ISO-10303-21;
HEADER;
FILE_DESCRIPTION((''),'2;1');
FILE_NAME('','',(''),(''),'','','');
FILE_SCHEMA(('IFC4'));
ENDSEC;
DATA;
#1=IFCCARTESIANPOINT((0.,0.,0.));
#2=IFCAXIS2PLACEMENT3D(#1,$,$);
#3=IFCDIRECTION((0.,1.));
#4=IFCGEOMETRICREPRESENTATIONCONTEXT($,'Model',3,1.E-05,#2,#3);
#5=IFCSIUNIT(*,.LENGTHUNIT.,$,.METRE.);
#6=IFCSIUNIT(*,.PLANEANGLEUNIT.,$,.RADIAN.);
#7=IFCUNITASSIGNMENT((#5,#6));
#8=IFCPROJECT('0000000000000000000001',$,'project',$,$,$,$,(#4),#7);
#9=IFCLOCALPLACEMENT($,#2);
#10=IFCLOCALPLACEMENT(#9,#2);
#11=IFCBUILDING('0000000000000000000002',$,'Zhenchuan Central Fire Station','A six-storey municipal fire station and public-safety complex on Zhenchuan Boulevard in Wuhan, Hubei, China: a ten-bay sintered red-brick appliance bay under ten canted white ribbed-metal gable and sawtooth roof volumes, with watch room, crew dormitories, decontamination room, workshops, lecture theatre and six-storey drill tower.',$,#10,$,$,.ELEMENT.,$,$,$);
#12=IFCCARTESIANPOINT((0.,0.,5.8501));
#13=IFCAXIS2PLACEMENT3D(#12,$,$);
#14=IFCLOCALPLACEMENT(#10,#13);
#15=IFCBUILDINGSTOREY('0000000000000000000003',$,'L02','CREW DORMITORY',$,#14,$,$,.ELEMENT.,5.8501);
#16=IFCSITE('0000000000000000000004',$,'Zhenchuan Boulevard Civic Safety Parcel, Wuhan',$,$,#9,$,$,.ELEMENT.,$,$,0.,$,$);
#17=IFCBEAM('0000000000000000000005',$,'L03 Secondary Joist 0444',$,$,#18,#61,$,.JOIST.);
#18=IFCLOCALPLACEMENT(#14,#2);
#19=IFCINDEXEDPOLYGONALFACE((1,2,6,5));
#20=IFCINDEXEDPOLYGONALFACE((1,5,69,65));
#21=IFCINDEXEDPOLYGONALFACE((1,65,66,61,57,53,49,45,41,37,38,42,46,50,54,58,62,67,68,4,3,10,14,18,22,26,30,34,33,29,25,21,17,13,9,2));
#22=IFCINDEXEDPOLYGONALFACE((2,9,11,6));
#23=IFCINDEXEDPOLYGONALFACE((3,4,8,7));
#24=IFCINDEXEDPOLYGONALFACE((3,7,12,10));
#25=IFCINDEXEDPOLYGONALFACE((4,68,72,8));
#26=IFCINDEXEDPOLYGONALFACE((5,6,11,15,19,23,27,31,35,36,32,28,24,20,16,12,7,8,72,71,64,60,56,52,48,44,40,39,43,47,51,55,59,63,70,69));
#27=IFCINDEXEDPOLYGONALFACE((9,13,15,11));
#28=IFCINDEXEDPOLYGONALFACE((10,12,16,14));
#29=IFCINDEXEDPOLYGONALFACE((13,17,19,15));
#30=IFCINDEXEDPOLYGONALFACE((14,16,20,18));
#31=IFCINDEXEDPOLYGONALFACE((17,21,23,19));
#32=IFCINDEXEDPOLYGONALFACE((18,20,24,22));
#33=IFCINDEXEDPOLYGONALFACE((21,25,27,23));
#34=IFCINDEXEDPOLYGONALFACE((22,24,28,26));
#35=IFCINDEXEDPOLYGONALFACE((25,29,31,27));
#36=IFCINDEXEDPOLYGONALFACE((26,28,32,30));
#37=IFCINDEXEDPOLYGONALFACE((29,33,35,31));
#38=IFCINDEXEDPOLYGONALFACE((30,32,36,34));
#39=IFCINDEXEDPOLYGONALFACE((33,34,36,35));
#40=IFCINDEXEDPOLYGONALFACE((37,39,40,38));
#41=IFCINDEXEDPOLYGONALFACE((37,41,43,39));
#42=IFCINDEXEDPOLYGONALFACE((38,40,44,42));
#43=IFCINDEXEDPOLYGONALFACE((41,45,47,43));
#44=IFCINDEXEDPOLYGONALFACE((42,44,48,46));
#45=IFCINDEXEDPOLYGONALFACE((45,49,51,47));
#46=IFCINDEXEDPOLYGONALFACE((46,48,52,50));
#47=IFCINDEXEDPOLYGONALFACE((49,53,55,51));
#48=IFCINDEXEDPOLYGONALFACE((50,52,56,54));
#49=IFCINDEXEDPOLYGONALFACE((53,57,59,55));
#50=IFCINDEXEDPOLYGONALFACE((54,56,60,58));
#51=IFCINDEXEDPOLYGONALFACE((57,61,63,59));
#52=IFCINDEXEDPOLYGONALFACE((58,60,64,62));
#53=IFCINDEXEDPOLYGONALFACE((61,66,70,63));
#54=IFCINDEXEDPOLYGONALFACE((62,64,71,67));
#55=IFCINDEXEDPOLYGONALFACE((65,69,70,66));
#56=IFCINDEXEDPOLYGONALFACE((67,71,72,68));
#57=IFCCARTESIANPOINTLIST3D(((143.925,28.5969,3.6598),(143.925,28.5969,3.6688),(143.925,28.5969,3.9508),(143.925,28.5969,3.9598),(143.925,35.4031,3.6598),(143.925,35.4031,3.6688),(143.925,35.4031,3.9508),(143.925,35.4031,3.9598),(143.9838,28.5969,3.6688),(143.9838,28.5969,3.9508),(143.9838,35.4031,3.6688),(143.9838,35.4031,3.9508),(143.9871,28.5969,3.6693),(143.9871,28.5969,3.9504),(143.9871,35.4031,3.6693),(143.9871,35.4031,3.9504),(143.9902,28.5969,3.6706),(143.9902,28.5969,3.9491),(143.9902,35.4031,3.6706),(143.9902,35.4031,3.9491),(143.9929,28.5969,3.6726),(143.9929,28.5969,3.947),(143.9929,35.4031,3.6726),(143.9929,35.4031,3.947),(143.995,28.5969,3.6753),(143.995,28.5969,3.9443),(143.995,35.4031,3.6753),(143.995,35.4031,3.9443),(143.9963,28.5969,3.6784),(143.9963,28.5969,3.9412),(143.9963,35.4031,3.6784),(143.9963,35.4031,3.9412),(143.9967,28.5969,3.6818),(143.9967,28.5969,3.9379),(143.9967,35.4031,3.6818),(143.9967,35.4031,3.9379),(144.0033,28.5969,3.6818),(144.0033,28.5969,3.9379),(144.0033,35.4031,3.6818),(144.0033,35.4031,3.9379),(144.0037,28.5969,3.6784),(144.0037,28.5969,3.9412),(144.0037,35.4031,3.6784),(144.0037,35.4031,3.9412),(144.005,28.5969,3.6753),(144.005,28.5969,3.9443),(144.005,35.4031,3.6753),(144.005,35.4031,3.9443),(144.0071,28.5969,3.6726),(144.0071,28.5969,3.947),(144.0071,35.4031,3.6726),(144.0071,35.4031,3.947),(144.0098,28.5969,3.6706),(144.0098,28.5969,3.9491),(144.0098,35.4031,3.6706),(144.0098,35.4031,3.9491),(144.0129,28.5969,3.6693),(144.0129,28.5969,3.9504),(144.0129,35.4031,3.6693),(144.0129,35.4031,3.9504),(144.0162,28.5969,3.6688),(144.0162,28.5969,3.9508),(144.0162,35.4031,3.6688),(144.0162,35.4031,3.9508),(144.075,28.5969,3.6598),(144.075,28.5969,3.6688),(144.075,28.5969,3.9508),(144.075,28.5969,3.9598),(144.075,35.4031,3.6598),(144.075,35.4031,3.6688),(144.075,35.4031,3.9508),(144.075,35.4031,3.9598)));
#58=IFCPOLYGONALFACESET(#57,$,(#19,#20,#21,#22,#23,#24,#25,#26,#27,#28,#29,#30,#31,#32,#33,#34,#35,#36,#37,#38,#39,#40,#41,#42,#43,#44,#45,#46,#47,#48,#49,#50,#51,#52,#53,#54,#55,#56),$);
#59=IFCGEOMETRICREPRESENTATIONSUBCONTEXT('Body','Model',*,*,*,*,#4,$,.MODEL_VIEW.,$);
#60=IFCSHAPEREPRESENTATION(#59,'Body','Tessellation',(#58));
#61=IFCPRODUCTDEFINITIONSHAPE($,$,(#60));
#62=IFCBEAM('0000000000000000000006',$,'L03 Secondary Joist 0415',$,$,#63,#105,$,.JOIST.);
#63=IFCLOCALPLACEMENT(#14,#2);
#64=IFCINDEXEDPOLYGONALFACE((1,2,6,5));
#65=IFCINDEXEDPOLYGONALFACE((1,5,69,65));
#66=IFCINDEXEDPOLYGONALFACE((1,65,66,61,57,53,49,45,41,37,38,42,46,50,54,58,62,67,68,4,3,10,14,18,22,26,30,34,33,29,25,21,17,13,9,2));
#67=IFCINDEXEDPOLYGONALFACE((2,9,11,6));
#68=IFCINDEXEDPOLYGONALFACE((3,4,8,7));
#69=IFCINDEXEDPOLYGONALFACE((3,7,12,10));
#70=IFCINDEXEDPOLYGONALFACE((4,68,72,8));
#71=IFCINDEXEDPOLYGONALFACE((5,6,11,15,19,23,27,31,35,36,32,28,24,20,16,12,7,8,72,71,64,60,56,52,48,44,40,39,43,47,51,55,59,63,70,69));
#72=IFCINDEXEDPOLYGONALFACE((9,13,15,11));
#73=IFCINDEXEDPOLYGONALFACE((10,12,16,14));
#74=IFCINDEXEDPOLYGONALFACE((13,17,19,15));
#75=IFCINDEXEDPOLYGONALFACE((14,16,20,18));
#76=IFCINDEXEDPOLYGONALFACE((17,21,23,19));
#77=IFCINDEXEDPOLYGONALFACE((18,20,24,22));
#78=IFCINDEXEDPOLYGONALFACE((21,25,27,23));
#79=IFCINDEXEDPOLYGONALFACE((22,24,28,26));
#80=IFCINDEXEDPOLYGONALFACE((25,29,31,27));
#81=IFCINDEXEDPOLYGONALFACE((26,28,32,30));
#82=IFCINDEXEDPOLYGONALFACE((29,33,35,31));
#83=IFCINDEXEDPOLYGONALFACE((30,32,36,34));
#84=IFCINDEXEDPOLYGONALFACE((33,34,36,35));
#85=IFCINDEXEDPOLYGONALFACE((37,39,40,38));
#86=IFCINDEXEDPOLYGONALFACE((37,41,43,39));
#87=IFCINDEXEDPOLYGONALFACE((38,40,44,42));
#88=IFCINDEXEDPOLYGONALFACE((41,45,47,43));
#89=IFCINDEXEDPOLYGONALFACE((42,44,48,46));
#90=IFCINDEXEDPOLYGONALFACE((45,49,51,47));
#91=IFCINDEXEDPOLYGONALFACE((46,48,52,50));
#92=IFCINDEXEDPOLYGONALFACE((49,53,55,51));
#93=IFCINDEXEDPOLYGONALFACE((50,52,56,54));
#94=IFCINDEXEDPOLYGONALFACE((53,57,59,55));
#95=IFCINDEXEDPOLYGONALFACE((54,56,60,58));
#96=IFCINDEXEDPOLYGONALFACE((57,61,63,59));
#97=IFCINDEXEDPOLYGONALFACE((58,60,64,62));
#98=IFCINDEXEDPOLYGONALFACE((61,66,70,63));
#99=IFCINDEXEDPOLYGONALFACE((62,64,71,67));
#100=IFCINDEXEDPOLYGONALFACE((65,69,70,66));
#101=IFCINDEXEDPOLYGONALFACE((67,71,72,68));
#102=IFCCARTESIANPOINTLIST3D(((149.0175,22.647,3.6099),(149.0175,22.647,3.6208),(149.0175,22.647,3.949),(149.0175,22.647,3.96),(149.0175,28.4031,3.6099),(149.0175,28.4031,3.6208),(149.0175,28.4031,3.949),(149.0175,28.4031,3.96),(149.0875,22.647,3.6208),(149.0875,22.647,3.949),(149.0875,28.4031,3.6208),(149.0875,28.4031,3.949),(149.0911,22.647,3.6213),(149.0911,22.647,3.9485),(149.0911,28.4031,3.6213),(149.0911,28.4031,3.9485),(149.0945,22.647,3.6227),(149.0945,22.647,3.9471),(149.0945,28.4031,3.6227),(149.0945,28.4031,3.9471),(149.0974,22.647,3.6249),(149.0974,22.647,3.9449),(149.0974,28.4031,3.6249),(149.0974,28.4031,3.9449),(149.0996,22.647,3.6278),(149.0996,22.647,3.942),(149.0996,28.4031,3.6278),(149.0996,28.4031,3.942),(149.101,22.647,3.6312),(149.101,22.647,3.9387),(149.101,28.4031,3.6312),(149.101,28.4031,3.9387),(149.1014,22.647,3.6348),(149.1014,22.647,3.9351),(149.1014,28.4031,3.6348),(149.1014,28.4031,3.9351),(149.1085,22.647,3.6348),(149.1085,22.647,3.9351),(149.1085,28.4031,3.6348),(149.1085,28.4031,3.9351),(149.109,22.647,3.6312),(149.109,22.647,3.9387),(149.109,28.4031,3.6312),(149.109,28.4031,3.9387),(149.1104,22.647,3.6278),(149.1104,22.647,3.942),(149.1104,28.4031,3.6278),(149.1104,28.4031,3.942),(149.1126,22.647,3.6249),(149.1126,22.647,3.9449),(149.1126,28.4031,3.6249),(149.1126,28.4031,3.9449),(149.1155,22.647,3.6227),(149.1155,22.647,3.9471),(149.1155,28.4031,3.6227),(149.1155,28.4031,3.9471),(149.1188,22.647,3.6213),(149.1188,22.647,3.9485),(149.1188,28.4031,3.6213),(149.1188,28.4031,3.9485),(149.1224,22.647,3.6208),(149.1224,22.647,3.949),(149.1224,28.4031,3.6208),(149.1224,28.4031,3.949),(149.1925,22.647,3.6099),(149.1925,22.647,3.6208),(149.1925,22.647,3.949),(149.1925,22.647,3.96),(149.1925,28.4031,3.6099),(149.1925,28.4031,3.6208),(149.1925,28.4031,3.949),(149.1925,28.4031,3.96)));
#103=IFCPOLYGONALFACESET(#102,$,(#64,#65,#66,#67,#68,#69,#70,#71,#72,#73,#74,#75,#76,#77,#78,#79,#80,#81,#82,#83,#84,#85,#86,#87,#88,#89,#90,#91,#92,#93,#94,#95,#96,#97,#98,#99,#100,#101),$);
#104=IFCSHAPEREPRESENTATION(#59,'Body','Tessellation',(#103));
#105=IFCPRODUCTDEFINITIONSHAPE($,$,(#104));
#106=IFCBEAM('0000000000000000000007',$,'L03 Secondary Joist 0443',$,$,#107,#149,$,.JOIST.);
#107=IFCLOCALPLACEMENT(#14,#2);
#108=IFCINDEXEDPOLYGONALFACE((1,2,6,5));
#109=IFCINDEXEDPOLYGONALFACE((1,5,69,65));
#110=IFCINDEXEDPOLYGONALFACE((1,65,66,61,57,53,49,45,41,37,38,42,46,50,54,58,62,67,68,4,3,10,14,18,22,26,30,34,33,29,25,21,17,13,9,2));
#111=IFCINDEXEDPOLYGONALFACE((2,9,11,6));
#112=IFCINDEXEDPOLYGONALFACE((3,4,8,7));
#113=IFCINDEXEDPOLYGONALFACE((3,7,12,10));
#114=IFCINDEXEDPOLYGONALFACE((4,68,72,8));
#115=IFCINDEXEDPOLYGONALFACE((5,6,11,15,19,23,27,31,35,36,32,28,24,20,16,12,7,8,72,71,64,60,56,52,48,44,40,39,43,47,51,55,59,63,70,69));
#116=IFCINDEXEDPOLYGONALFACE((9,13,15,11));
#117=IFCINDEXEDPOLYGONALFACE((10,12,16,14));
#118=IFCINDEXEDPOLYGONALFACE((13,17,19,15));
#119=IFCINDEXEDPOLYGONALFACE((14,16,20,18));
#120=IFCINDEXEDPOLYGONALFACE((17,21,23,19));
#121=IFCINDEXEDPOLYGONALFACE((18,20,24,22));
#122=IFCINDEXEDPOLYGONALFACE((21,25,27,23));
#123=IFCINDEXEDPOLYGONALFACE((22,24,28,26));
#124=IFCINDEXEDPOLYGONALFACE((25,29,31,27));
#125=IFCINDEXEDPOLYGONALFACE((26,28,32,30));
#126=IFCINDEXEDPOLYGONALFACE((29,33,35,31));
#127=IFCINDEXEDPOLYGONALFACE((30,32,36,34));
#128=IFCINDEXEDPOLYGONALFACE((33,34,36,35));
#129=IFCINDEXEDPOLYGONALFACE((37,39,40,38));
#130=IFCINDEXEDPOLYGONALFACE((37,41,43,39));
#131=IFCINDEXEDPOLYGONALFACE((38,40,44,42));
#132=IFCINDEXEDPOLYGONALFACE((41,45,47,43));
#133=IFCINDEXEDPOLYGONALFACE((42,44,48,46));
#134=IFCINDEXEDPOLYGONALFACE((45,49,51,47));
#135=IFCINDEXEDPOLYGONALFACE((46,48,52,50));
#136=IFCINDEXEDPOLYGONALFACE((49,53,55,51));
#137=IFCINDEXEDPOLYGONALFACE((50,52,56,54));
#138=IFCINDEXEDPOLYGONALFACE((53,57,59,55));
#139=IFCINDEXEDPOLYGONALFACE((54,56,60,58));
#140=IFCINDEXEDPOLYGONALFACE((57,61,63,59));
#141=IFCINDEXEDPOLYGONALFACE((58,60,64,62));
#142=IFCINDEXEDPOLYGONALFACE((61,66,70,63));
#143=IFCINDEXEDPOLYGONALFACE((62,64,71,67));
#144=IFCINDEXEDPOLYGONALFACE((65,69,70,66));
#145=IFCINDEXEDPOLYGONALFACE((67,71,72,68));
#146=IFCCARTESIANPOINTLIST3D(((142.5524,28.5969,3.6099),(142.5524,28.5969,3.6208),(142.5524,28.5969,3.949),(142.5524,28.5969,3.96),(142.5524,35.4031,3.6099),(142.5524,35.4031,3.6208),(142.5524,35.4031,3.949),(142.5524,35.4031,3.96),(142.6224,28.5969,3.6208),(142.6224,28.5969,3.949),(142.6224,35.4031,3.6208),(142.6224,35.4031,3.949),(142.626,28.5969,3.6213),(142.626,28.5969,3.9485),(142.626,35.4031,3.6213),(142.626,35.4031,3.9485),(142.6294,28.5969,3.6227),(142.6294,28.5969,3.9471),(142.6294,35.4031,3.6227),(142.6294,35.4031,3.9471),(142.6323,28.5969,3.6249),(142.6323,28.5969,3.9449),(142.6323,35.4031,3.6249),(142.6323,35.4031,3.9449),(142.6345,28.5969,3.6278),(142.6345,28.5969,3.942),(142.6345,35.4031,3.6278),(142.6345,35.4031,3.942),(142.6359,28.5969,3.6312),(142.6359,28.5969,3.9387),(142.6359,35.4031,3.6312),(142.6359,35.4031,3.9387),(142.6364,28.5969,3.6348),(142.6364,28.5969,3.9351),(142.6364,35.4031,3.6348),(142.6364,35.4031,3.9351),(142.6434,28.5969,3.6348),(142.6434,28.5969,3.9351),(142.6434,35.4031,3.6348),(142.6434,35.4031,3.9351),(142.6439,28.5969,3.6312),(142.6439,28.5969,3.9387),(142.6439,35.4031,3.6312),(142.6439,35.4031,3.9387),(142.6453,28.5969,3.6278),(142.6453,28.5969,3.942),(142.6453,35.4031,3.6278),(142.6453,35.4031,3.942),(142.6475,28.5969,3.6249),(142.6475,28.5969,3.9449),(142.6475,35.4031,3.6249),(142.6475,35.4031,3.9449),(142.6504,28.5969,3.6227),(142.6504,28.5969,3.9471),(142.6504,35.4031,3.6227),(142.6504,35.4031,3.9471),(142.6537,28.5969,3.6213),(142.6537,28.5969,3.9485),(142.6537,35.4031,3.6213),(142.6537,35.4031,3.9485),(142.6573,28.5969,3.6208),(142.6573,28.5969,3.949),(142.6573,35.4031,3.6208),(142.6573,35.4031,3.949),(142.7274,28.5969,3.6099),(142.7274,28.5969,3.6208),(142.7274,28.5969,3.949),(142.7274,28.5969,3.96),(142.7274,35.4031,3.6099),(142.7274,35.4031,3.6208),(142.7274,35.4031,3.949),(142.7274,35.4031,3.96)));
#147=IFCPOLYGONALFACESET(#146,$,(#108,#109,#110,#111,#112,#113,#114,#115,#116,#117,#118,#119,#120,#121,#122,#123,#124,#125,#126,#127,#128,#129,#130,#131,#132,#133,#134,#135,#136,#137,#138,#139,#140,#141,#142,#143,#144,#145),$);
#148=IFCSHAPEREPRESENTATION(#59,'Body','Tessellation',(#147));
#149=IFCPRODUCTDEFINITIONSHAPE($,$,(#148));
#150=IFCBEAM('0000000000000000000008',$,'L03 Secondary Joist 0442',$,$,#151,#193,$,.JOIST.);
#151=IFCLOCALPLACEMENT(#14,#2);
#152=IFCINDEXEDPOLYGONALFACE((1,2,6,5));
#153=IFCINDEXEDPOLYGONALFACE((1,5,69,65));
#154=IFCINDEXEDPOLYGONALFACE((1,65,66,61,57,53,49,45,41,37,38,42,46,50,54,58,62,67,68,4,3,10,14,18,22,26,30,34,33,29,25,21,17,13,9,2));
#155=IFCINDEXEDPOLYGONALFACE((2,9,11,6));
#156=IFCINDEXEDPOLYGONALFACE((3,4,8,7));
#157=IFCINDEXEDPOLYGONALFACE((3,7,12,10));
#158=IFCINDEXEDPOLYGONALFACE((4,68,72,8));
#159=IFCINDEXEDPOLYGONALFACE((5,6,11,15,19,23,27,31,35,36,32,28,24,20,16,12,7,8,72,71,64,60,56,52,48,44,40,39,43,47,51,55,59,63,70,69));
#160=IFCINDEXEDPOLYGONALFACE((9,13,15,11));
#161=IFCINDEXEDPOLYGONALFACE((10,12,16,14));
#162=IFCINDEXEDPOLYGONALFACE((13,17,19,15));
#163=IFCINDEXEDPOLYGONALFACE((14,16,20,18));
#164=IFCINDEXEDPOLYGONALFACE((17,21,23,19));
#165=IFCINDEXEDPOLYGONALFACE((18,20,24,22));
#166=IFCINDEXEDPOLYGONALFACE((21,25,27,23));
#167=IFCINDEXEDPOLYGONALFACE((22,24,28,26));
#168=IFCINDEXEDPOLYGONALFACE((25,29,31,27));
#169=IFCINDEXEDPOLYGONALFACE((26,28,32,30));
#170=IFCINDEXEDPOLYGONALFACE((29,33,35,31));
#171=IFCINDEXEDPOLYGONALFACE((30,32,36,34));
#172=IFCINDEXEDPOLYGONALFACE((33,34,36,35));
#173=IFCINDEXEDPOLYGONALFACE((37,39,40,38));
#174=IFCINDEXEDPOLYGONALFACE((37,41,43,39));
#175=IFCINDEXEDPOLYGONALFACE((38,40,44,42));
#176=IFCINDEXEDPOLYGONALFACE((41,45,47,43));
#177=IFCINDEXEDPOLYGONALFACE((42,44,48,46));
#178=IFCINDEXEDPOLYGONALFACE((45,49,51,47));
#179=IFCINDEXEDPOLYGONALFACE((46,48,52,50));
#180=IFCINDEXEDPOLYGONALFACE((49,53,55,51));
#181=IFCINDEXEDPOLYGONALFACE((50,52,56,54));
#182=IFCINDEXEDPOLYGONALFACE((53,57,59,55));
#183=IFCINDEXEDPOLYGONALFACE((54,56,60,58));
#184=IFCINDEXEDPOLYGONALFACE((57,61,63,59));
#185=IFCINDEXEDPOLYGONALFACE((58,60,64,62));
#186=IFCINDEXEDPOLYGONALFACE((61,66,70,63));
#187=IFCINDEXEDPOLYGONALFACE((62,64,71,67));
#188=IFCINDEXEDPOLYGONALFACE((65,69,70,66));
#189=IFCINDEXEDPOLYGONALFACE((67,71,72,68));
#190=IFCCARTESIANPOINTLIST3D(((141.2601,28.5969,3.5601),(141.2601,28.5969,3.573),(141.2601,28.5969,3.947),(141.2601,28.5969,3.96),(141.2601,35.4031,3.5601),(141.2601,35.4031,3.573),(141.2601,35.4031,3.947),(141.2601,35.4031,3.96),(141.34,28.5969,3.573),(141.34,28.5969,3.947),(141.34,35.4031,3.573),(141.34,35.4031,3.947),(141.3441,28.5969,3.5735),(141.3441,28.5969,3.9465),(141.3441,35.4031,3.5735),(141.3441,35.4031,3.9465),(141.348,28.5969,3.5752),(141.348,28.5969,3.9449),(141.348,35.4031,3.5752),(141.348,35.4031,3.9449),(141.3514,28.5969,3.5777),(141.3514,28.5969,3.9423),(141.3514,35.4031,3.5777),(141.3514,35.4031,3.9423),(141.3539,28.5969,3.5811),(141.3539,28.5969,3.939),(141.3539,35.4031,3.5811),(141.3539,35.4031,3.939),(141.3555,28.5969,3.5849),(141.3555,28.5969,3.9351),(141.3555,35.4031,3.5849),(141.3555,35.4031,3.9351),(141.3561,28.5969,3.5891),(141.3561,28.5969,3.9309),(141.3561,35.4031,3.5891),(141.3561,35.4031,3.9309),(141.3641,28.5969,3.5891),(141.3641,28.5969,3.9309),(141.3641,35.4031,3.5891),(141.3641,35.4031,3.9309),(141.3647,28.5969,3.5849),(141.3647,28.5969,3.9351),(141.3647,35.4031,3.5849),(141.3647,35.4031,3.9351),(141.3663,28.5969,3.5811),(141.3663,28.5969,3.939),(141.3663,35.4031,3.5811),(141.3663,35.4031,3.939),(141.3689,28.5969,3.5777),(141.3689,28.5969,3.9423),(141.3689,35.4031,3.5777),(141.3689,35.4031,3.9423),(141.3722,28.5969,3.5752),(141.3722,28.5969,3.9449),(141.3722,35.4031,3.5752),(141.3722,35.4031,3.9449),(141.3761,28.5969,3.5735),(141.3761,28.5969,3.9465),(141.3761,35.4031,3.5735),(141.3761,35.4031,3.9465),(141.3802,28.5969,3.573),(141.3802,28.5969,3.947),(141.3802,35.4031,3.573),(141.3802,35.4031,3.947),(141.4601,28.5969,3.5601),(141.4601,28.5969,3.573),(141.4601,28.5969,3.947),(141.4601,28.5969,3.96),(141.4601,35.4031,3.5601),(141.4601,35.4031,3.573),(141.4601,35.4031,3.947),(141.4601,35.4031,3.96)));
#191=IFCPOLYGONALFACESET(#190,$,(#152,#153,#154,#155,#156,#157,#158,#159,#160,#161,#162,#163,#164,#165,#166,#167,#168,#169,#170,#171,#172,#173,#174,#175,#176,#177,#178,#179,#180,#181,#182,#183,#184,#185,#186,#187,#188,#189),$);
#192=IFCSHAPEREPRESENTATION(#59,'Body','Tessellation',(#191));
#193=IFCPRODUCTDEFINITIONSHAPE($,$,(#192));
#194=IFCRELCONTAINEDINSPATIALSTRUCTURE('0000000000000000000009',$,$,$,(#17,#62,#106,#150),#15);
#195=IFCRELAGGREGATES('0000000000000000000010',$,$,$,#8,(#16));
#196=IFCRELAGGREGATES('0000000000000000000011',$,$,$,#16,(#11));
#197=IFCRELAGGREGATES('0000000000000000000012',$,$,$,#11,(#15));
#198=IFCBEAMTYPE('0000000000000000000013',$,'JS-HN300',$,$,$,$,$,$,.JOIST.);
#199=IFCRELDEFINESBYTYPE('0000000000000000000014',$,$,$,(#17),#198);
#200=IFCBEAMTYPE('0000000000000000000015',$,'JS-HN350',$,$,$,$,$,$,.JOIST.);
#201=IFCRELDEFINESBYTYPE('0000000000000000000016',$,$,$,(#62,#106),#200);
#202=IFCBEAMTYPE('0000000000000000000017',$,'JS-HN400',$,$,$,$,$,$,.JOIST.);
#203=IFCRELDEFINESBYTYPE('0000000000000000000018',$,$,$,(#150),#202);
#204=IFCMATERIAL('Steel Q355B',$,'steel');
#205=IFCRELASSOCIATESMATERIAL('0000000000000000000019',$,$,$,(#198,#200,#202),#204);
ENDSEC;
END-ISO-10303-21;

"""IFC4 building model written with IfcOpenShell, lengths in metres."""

from ifc_helpers import new_model, si_unit, direction, frame, origin, origin_2d, place, context, subcontext, project, spatial, i_section, extrude, material, material_profile, profile_set, type_object, element, save


model = new_model("IFC4")

# Units and contexts
model_context = context("Model", 3, precision=1e-05, world=origin(), true_north=direction((0.0, 1.0)))
body_context = subcontext(model_context, "Body", "Model", "MODEL_VIEW")
ifc_project = project(units=[si_unit("LENGTHUNIT", "METRE"), si_unit("PLANEANGLEUNIT", "RADIAN")], contexts=[model_context])

# Site, building, storey
site_placement = place(None, origin())
site = spatial("IfcSite", under=ifc_project, at=site_placement, Name="Zhenchuan Boulevard Civic Safety Parcel, Wuhan", CompositionType="ELEMENT", RefElevation=0.0)
building_placement = place(site_placement, origin())
building = spatial("IfcBuilding", under=site, at=building_placement, Name="Zhenchuan Central Fire Station", Description="A six-storey municipal fire station and public-safety complex on Zhenchuan Boulevard in Wuhan, Hubei, China: a ten-bay sintered red-brick appliance bay under ten canted white ribbed-metal gable and sawtooth roof volumes, with watch room, crew dormitories, decontamination room, workshops, lecture theatre and six-storey drill tower.", CompositionType="ELEMENT")
storey_placement = place(building_placement, frame((0.0, 0.0, 5.8501)))
storey = spatial("IfcBuildingStorey", under=building, at=storey_placement, Name="L02", Description="CREW DORMITORY", CompositionType="ELEMENT", Elevation=5.8501)

# Shared definitions
ifc_material_1 = material(Name="Steel Q355B", Category="steel")

# Beams
ifc_material_profile_1 = material_profile(ifc_material_1, i_section(OverallWidth=0.1499, OverallDepth=0.3, WebThickness=0.0066, FlangeThickness=0.009, FilletRadius=0.0129, at=origin_2d()), Name="HN 300x150")
ifc_profile_set_1 = profile_set([ifc_material_profile_1], Name="Steel Q355B")
beam_type_1 = type_object("IfcBeamType", Name="JS-HN300", PredefinedType="JOIST", material=ifc_profile_set_1)
beam_1_placement = place(storey_placement, frame((144.0, 28.5969, 3.8098), z_axis=(0.0, 1.0, 0.0), x_axis=(-1.0, 0.0, 0.0)))
element("IfcBeam", 1, at=beam_1_placement, inside=storey, type_object=beam_type_1, Name="L03 Secondary Joist 0444", PredefinedType="JOIST", context=body_context, shape_type="SweptSolid", body=[
    extrude(i_section(OverallWidth=0.1499, OverallDepth=0.3, WebThickness=0.0066, FlangeThickness=0.009, FilletRadius=0.0129, at=origin_2d()), origin(), (0.0, 0.0, 1.0), 6.8062),
])
ifc_material_profile_2 = material_profile(ifc_material_1, i_section(OverallWidth=0.175, OverallDepth=0.3501, WebThickness=0.0071, FlangeThickness=0.011, FilletRadius=0.0139, at=origin_2d()), Name="HN 350x175")
ifc_profile_set_2 = profile_set([ifc_material_profile_2], Name="Steel Q355B")
beam_type_2 = type_object("IfcBeamType", Name="JS-HN350", PredefinedType="JOIST", material=ifc_profile_set_2)
beam_2_placement = place(storey_placement, frame((149.105, 22.647, 3.7849), z_axis=(0.0, 1.0, 0.0), x_axis=(-1.0, 0.0, 0.0)))
element("IfcBeam", 2, at=beam_2_placement, inside=storey, type_object=beam_type_2, Name="L03 Secondary Joist 0415", PredefinedType="JOIST", context=body_context, shape_type="SweptSolid", body=[
    extrude(i_section(OverallWidth=0.175, OverallDepth=0.3501, WebThickness=0.0071, FlangeThickness=0.011, FilletRadius=0.0139, at=origin_2d()), origin(), (0.0, 0.0, 1.0), 5.7561),
])
beam_3_placement = place(storey_placement, frame((142.6399, 28.5969, 3.7849), z_axis=(0.0, 1.0, 0.0), x_axis=(-1.0, 0.0, 0.0)))
element("IfcBeam", 3, at=beam_3_placement, inside=storey, type_object=beam_type_2, Name="L03 Secondary Joist 0443", PredefinedType="JOIST", context=body_context, shape_type="SweptSolid", body=[
    extrude(i_section(OverallWidth=0.175, OverallDepth=0.3501, WebThickness=0.0071, FlangeThickness=0.011, FilletRadius=0.0139, at=origin_2d()), origin(), (0.0, 0.0, 1.0), 6.8062),
])
ifc_material_profile_3 = material_profile(ifc_material_1, i_section(OverallWidth=0.2, OverallDepth=0.3999, WebThickness=0.0081, FlangeThickness=0.0129, FilletRadius=0.0161, at=origin_2d()), Name="HN 400x200")
ifc_profile_set_3 = profile_set([ifc_material_profile_3], Name="Steel Q355B")
beam_type_3 = type_object("IfcBeamType", Name="JS-HN400", PredefinedType="JOIST", material=ifc_profile_set_3)
beam_4_placement = place(storey_placement, frame((141.3601, 28.5969, 3.76), z_axis=(0.0, 1.0, 0.0), x_axis=(-1.0, 0.0, 0.0)))
element("IfcBeam", 4, at=beam_4_placement, inside=storey, type_object=beam_type_3, Name="L03 Secondary Joist 0442", PredefinedType="JOIST", context=body_context, shape_type="SweptSolid", body=[
    extrude(i_section(OverallWidth=0.2, OverallDepth=0.3999, WebThickness=0.0081, FlangeThickness=0.0129, FilletRadius=0.0161, at=origin_2d()), origin(), (0.0, 0.0, 1.0), 6.8062),
])

save(model, "model.ifc")
